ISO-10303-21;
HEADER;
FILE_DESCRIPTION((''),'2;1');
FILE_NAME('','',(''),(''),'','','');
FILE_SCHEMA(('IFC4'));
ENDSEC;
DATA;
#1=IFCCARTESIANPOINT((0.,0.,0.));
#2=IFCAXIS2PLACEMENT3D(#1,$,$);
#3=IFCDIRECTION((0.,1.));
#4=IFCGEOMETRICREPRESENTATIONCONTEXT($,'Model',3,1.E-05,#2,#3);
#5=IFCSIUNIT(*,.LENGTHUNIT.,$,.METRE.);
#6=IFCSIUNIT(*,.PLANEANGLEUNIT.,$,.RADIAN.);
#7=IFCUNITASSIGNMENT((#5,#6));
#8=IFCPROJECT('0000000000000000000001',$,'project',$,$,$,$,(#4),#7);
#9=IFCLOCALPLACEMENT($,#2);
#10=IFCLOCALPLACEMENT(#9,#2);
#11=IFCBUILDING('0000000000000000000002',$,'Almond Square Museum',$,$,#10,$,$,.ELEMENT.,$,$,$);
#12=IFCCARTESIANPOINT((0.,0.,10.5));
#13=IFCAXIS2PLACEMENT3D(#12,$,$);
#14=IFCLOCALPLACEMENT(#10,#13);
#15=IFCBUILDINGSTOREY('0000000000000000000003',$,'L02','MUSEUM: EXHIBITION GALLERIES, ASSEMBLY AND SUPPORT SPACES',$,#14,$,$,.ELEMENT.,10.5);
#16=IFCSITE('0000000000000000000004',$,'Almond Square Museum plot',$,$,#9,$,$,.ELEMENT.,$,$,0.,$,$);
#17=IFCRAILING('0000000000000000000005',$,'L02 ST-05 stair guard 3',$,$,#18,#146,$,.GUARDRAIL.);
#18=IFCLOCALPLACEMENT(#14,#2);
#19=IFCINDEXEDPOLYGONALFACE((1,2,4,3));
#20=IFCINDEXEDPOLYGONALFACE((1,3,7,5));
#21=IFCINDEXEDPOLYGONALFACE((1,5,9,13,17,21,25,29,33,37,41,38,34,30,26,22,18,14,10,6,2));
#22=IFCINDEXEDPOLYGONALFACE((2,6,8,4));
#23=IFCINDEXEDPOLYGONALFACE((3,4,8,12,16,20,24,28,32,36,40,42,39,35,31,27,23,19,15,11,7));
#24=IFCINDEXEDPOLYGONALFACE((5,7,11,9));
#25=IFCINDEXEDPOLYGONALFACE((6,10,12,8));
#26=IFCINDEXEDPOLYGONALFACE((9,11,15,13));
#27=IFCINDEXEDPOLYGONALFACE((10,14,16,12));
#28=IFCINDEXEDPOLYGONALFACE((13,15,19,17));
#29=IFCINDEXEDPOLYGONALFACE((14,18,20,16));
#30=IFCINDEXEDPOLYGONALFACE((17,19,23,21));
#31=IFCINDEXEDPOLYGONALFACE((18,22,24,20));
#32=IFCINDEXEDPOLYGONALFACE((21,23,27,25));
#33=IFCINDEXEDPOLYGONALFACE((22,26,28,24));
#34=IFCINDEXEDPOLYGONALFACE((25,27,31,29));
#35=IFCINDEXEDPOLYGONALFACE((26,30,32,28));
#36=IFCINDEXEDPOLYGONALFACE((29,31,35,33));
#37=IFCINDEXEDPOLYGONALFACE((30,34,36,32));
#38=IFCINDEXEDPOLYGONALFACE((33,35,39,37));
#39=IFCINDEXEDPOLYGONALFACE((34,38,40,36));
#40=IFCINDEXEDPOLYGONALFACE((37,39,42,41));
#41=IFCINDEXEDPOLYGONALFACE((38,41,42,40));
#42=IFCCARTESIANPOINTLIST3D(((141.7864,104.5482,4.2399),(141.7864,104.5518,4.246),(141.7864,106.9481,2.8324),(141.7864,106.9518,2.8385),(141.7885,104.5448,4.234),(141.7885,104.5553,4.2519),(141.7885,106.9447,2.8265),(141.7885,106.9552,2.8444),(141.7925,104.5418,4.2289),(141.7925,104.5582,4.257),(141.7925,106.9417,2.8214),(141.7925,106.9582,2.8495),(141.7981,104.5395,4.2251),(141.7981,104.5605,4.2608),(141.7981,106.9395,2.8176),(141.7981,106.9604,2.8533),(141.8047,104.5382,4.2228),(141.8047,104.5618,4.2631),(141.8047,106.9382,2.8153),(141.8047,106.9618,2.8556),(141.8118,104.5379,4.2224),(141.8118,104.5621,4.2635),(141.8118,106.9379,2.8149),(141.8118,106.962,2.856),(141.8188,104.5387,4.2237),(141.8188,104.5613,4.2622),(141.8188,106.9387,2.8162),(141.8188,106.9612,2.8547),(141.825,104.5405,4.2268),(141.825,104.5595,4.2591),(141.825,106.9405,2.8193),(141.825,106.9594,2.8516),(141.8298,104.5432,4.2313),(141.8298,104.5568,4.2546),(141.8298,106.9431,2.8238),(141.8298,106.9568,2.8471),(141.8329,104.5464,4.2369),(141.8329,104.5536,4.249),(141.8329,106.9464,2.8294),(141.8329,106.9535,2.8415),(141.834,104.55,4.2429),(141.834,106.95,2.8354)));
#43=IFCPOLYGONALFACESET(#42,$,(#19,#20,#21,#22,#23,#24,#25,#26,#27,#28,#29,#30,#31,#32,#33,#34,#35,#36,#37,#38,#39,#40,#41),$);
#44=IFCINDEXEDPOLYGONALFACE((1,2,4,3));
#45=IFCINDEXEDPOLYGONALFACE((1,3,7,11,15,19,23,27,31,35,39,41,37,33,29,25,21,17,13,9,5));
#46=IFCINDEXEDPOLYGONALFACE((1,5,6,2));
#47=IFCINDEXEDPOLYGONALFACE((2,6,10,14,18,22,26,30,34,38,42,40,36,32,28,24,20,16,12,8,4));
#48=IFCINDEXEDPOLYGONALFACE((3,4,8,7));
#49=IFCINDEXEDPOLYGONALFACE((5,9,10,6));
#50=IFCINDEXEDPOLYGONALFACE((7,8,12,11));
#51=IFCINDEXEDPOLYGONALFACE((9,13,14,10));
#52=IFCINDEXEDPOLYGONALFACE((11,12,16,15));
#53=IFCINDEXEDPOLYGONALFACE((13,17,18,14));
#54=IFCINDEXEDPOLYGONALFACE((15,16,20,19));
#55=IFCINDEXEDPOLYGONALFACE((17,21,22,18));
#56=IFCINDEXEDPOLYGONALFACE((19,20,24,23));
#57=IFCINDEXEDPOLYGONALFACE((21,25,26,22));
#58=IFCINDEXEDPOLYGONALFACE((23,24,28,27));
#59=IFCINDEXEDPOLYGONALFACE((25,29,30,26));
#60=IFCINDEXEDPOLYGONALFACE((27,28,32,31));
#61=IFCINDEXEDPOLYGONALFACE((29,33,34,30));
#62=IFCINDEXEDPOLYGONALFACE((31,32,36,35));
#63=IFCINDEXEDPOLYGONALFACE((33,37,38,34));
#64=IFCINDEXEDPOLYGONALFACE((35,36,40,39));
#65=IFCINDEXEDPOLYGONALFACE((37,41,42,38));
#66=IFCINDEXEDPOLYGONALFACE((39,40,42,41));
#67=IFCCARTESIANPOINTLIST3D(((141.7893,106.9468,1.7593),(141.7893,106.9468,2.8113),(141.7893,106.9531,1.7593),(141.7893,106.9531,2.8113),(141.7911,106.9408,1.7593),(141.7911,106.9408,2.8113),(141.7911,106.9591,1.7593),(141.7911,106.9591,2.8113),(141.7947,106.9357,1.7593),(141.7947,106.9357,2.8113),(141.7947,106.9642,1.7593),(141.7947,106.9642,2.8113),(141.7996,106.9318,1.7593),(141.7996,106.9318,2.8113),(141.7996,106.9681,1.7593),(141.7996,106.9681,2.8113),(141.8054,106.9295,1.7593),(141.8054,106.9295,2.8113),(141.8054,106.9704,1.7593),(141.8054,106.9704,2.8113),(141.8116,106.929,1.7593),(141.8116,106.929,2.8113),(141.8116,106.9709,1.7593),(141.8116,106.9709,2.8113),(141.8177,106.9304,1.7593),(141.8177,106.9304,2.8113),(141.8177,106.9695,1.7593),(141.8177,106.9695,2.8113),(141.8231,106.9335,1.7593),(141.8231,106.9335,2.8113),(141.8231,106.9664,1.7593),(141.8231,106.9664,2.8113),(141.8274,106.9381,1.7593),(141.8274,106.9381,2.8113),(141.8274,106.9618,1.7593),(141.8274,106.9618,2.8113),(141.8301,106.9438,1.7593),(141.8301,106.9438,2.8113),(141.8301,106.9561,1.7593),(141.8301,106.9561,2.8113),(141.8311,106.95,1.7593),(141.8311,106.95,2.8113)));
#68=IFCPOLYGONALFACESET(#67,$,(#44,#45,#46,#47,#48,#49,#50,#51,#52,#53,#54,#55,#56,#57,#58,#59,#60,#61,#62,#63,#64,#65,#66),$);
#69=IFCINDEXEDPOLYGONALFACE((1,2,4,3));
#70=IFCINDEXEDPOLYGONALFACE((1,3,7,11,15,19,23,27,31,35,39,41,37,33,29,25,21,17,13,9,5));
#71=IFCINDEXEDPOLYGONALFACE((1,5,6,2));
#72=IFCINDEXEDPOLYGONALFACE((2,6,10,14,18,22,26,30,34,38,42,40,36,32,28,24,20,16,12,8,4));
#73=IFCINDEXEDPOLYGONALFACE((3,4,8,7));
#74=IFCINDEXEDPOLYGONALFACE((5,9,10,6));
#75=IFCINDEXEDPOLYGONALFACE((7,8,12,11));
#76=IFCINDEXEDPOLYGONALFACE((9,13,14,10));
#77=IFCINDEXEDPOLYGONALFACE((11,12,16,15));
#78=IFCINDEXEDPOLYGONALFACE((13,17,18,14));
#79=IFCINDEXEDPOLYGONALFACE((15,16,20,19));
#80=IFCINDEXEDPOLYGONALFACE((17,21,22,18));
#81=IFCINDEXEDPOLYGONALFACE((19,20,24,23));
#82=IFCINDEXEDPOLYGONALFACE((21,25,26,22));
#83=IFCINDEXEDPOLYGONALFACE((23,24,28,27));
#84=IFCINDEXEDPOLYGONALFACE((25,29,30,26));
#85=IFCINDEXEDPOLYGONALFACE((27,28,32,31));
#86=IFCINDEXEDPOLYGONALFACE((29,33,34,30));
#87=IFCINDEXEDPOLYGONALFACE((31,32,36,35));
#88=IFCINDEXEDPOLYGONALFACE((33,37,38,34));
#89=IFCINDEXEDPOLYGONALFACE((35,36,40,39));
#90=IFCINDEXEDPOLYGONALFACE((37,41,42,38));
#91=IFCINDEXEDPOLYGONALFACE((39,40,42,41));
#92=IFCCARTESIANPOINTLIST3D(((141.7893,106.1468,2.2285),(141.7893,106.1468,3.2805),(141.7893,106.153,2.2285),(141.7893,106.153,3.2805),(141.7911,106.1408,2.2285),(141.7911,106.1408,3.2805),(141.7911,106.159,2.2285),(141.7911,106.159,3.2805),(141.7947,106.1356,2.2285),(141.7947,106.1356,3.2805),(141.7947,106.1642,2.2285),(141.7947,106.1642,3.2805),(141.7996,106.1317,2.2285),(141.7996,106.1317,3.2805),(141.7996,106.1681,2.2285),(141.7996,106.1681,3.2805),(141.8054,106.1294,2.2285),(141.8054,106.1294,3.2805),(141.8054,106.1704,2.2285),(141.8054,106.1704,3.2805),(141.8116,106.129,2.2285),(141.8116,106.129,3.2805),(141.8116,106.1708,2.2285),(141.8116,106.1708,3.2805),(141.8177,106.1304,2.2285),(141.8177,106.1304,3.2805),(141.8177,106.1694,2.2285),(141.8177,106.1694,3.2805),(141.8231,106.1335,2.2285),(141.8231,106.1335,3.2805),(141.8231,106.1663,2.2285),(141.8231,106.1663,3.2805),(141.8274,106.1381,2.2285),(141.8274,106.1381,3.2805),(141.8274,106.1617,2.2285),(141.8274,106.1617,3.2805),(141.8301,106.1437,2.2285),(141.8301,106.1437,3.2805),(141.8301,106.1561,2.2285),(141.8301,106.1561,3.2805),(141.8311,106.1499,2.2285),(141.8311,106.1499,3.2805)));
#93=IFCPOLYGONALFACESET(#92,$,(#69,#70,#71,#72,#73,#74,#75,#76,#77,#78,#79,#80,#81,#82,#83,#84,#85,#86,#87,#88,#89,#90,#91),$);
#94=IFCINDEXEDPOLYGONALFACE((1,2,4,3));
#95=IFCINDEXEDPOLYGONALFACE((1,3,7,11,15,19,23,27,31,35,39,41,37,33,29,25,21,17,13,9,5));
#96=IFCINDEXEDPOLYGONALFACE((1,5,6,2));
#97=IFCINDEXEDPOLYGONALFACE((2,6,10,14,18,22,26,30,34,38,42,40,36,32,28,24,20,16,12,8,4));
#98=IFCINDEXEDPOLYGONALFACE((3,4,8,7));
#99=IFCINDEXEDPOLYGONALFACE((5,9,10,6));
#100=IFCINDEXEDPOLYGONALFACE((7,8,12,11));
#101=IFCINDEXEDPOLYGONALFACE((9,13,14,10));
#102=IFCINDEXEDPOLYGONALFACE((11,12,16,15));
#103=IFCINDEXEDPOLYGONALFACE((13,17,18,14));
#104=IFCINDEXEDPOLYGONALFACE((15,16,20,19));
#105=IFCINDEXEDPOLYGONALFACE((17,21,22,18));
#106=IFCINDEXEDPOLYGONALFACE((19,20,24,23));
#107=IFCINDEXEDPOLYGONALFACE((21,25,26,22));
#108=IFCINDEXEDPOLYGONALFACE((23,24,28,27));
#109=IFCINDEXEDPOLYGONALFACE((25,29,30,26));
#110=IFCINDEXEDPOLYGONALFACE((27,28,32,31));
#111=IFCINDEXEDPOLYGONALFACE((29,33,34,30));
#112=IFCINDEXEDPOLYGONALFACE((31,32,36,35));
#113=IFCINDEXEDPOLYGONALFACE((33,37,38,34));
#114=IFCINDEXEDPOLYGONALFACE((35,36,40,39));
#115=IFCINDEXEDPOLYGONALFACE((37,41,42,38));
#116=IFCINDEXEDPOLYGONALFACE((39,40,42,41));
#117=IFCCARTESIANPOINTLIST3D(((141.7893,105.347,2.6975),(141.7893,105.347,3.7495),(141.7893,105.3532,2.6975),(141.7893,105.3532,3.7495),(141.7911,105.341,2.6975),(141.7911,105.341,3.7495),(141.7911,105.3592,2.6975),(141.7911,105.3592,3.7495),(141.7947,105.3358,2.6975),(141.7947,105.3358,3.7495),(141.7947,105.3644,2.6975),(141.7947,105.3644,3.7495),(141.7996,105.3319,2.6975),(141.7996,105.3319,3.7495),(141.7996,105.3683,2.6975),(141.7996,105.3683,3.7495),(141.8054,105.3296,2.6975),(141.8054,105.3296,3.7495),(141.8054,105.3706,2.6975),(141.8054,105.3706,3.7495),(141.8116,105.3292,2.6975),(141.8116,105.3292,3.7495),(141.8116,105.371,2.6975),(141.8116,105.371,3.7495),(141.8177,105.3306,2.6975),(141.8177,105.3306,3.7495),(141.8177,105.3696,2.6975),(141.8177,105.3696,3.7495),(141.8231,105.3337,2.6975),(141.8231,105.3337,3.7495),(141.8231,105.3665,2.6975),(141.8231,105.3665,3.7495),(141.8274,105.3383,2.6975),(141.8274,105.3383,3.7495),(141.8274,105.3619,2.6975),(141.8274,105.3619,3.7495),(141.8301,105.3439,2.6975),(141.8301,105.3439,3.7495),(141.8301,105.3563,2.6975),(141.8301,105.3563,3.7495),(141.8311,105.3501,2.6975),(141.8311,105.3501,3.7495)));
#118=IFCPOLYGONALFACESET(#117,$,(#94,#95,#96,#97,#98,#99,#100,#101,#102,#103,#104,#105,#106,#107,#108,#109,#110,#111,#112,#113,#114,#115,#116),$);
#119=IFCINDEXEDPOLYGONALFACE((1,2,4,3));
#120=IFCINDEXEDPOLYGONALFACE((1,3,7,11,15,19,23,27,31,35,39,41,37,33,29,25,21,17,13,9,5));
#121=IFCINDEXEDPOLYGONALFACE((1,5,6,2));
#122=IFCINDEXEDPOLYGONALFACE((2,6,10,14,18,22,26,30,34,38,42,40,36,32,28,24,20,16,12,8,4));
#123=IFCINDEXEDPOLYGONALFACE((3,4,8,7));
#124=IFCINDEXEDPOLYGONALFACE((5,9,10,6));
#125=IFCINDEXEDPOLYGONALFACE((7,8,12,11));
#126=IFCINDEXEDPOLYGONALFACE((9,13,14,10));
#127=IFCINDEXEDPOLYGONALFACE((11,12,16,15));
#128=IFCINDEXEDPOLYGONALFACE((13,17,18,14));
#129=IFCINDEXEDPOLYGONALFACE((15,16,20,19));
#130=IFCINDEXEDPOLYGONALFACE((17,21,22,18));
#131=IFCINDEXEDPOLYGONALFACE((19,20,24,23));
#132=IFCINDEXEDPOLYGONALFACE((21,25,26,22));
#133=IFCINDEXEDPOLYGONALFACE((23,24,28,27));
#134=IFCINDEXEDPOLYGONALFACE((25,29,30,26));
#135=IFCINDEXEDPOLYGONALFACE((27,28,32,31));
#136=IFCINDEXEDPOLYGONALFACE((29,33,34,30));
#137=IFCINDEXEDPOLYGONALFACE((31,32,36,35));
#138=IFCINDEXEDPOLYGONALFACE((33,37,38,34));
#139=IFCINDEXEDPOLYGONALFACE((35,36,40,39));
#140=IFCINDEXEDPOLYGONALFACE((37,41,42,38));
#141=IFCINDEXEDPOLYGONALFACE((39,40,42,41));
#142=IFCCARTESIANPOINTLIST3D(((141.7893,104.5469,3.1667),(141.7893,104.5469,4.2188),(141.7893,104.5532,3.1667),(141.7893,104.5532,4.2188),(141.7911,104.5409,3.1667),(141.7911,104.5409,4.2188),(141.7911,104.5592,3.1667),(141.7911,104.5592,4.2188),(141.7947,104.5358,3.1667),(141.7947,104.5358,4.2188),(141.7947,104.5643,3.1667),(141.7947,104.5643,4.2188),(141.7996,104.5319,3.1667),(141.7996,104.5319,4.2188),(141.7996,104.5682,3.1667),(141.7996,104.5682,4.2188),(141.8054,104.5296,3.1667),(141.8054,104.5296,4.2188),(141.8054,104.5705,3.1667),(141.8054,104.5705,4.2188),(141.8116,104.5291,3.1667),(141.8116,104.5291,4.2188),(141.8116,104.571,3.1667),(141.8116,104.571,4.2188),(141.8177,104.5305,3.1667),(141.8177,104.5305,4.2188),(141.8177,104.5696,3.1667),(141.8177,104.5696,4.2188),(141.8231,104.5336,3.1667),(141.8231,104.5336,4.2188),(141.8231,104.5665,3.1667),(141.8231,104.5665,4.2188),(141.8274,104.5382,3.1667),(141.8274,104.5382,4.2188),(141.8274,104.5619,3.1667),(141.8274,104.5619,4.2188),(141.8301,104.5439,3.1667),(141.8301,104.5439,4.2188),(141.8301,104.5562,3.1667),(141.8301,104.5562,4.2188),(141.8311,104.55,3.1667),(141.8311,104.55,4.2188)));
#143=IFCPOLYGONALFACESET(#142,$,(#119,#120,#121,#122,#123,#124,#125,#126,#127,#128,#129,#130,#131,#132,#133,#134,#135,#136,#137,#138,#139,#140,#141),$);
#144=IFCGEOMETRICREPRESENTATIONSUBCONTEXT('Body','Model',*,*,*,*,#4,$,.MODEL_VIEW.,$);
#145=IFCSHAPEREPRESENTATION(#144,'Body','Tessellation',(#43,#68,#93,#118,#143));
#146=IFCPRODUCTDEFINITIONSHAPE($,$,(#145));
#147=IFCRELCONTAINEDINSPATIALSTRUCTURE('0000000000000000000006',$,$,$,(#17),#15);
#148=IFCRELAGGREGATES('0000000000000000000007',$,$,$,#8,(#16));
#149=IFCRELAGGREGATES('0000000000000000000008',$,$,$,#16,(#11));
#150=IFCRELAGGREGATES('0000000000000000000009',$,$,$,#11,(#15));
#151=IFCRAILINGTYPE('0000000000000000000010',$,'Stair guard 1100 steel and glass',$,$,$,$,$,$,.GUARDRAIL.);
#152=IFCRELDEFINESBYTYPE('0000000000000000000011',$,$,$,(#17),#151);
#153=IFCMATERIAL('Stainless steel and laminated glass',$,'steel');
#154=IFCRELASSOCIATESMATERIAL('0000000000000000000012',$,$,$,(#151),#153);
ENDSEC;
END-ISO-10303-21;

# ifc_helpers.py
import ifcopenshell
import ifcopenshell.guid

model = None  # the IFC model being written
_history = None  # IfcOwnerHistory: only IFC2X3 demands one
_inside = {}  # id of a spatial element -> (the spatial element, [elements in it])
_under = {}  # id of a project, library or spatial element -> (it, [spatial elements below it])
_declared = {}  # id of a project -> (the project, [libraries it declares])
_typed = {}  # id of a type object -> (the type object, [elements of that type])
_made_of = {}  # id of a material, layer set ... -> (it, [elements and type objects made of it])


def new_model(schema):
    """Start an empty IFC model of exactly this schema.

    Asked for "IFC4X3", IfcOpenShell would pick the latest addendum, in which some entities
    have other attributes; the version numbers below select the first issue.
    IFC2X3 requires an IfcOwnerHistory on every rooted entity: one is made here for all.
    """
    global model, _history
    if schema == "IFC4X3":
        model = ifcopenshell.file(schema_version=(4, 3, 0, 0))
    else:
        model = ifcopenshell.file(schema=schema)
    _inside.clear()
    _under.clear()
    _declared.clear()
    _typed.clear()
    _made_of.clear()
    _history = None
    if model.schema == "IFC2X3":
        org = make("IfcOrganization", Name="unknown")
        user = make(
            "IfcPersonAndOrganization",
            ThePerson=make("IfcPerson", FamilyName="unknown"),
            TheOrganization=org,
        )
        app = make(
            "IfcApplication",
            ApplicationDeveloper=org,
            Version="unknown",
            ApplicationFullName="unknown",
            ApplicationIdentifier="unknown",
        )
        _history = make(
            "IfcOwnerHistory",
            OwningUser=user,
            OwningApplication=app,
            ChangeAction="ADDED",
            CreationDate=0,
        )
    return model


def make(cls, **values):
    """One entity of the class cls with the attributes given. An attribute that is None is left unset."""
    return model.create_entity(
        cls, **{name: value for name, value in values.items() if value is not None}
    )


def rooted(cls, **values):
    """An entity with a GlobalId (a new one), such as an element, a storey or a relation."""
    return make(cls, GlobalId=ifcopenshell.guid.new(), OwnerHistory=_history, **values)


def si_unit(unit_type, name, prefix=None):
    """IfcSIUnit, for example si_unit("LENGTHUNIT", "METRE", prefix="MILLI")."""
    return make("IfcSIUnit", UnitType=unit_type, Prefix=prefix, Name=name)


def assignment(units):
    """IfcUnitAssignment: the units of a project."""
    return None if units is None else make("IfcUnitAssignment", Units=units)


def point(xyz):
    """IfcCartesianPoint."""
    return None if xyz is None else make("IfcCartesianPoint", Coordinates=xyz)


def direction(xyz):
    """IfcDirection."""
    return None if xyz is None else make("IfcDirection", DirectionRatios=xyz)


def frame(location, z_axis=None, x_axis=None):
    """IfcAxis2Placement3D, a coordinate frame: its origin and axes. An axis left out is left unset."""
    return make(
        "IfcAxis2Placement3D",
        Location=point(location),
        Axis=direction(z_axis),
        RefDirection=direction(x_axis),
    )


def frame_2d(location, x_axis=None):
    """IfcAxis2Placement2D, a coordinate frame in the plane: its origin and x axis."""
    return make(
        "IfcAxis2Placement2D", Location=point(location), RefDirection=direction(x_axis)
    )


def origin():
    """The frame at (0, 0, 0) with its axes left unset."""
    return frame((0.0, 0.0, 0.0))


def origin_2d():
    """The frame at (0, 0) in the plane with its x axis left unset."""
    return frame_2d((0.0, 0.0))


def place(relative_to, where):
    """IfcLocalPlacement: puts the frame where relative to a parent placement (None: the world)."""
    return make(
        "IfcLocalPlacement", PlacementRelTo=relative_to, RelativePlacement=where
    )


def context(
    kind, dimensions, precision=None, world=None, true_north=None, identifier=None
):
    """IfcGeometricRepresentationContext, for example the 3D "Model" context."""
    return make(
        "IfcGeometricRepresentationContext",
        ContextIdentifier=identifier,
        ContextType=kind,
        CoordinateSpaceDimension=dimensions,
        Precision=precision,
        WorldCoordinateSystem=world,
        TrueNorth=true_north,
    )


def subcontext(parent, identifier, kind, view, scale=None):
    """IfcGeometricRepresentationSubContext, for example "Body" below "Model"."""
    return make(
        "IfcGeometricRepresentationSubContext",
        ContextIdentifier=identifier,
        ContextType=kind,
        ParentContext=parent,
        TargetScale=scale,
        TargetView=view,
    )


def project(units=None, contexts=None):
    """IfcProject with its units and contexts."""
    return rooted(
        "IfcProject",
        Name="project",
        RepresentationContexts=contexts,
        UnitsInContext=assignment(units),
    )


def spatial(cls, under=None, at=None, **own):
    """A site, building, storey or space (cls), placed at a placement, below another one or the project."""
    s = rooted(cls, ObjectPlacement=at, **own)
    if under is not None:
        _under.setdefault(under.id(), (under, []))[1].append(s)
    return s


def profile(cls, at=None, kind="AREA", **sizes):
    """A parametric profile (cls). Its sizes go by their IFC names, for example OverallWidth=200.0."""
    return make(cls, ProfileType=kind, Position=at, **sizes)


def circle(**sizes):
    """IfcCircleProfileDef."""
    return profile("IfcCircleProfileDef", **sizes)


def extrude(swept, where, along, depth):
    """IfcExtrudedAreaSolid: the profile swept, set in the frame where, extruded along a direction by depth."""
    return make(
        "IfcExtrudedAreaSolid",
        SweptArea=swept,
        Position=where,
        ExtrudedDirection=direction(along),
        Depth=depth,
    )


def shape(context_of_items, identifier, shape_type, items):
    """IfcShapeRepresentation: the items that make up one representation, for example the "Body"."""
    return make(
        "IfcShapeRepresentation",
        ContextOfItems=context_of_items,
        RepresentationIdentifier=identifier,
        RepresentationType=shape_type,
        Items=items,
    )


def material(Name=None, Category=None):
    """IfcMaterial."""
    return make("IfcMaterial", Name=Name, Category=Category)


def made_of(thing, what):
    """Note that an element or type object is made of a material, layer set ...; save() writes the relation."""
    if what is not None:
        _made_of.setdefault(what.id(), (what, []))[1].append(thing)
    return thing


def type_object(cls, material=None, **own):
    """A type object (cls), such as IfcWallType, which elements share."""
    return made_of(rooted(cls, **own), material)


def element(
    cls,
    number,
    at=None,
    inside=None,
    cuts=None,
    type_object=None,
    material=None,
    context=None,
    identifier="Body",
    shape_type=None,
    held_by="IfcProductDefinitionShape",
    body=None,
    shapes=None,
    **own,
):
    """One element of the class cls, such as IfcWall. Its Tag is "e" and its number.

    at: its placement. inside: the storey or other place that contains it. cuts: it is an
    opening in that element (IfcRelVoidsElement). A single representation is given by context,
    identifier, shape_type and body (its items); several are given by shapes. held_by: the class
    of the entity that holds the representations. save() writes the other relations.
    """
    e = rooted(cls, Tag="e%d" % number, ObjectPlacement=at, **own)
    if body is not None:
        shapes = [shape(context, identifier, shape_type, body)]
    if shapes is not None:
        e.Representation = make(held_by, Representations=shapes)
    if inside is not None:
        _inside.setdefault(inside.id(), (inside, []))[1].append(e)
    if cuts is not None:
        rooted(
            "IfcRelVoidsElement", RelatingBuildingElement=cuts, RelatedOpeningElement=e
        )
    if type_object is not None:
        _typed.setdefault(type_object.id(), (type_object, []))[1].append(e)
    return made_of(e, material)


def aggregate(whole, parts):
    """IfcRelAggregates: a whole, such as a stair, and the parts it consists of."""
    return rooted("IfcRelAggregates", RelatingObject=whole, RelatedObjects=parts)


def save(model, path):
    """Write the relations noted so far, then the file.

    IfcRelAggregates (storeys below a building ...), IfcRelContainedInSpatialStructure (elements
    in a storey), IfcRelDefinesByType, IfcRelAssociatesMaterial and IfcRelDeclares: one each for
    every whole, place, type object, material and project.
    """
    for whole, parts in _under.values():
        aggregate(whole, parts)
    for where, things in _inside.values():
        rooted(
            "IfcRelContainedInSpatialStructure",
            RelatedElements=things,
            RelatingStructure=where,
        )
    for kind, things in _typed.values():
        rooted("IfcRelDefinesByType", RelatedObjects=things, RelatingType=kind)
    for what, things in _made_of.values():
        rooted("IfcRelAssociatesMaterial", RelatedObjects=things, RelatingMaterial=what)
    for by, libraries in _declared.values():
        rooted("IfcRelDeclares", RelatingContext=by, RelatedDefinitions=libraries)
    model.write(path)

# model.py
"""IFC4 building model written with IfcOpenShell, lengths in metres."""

from ifc_helpers import new_model, si_unit, direction, frame, origin, origin_2d, place, context, subcontext, project, spatial, circle, extrude, material, type_object, element, save


model = new_model("IFC4")

# Units and contexts
model_context = context("Model", 3, precision=1e-05, world=origin(), true_north=direction((0.0, 1.0)))
body_context = subcontext(model_context, "Body", "Model", "MODEL_VIEW")
ifc_project = project(units=[si_unit("LENGTHUNIT", "METRE"), si_unit("PLANEANGLEUNIT", "RADIAN")], contexts=[model_context])

# Site, building, storey
site_placement = place(None, origin())
site = spatial("IfcSite", under=ifc_project, at=site_placement, Name="Almond Square Museum plot", CompositionType="ELEMENT", RefElevation=0.0)
building_placement = place(site_placement, origin())
building = spatial("IfcBuilding", under=site, at=building_placement, Name="Almond Square Museum", CompositionType="ELEMENT")
storey_placement = place(building_placement, frame((0.0, 0.0, 10.5)))
storey = spatial("IfcBuildingStorey", under=building, at=storey_placement, Name="L02", Description="MUSEUM: EXHIBITION GALLERIES, ASSEMBLY AND SUPPORT SPACES", CompositionType="ELEMENT", Elevation=10.5)

# Railing
ifc_material_1 = material(Name="Stainless steel and laminated glass", Category="steel")
railing_type_1 = type_object("IfcRailingType", Name="Stair guard 1100 steel and glass", PredefinedType="GUARDRAIL", material=ifc_material_1)
railing_1_placement = place(storey_placement, frame((141.8101, 106.95, 1.7593)))
element("IfcRailing", 1, at=railing_1_placement, inside=storey, type_object=railing_type_1, Name="L02 ST-05 stair guard 3", PredefinedType="GUARDRAIL", context=body_context, shape_type="SweptSolid", body=[
    extrude(circle(Radius=0.0239, at=origin_2d()), frame((0.0, 0.0, 1.0762), z_axis=(0.0, -0.862599, 0.505888), x_axis=(1.0, 0.0, 0.0)), (0.0, 0.0, 1.0), 2.7822),
    extrude(circle(Radius=0.021, at=origin_2d()), origin(), (0.0, 0.0, 1.0), 1.052),
    extrude(circle(Radius=0.021, at=origin_2d()), frame((0.0, -0.8, 0.4692)), (0.0, 0.0, 1.0), 1.052),
    extrude(circle(Radius=0.021, at=origin_2d()), frame((0.0, -1.5999, 0.9382)), (0.0, 0.0, 1.0), 1.052),
    extrude(circle(Radius=0.021, at=origin_2d()), frame((0.0, -2.3999, 1.4075)), (0.0, 0.0, 1.0), 1.052),
])

save(model, "model.ifc")
